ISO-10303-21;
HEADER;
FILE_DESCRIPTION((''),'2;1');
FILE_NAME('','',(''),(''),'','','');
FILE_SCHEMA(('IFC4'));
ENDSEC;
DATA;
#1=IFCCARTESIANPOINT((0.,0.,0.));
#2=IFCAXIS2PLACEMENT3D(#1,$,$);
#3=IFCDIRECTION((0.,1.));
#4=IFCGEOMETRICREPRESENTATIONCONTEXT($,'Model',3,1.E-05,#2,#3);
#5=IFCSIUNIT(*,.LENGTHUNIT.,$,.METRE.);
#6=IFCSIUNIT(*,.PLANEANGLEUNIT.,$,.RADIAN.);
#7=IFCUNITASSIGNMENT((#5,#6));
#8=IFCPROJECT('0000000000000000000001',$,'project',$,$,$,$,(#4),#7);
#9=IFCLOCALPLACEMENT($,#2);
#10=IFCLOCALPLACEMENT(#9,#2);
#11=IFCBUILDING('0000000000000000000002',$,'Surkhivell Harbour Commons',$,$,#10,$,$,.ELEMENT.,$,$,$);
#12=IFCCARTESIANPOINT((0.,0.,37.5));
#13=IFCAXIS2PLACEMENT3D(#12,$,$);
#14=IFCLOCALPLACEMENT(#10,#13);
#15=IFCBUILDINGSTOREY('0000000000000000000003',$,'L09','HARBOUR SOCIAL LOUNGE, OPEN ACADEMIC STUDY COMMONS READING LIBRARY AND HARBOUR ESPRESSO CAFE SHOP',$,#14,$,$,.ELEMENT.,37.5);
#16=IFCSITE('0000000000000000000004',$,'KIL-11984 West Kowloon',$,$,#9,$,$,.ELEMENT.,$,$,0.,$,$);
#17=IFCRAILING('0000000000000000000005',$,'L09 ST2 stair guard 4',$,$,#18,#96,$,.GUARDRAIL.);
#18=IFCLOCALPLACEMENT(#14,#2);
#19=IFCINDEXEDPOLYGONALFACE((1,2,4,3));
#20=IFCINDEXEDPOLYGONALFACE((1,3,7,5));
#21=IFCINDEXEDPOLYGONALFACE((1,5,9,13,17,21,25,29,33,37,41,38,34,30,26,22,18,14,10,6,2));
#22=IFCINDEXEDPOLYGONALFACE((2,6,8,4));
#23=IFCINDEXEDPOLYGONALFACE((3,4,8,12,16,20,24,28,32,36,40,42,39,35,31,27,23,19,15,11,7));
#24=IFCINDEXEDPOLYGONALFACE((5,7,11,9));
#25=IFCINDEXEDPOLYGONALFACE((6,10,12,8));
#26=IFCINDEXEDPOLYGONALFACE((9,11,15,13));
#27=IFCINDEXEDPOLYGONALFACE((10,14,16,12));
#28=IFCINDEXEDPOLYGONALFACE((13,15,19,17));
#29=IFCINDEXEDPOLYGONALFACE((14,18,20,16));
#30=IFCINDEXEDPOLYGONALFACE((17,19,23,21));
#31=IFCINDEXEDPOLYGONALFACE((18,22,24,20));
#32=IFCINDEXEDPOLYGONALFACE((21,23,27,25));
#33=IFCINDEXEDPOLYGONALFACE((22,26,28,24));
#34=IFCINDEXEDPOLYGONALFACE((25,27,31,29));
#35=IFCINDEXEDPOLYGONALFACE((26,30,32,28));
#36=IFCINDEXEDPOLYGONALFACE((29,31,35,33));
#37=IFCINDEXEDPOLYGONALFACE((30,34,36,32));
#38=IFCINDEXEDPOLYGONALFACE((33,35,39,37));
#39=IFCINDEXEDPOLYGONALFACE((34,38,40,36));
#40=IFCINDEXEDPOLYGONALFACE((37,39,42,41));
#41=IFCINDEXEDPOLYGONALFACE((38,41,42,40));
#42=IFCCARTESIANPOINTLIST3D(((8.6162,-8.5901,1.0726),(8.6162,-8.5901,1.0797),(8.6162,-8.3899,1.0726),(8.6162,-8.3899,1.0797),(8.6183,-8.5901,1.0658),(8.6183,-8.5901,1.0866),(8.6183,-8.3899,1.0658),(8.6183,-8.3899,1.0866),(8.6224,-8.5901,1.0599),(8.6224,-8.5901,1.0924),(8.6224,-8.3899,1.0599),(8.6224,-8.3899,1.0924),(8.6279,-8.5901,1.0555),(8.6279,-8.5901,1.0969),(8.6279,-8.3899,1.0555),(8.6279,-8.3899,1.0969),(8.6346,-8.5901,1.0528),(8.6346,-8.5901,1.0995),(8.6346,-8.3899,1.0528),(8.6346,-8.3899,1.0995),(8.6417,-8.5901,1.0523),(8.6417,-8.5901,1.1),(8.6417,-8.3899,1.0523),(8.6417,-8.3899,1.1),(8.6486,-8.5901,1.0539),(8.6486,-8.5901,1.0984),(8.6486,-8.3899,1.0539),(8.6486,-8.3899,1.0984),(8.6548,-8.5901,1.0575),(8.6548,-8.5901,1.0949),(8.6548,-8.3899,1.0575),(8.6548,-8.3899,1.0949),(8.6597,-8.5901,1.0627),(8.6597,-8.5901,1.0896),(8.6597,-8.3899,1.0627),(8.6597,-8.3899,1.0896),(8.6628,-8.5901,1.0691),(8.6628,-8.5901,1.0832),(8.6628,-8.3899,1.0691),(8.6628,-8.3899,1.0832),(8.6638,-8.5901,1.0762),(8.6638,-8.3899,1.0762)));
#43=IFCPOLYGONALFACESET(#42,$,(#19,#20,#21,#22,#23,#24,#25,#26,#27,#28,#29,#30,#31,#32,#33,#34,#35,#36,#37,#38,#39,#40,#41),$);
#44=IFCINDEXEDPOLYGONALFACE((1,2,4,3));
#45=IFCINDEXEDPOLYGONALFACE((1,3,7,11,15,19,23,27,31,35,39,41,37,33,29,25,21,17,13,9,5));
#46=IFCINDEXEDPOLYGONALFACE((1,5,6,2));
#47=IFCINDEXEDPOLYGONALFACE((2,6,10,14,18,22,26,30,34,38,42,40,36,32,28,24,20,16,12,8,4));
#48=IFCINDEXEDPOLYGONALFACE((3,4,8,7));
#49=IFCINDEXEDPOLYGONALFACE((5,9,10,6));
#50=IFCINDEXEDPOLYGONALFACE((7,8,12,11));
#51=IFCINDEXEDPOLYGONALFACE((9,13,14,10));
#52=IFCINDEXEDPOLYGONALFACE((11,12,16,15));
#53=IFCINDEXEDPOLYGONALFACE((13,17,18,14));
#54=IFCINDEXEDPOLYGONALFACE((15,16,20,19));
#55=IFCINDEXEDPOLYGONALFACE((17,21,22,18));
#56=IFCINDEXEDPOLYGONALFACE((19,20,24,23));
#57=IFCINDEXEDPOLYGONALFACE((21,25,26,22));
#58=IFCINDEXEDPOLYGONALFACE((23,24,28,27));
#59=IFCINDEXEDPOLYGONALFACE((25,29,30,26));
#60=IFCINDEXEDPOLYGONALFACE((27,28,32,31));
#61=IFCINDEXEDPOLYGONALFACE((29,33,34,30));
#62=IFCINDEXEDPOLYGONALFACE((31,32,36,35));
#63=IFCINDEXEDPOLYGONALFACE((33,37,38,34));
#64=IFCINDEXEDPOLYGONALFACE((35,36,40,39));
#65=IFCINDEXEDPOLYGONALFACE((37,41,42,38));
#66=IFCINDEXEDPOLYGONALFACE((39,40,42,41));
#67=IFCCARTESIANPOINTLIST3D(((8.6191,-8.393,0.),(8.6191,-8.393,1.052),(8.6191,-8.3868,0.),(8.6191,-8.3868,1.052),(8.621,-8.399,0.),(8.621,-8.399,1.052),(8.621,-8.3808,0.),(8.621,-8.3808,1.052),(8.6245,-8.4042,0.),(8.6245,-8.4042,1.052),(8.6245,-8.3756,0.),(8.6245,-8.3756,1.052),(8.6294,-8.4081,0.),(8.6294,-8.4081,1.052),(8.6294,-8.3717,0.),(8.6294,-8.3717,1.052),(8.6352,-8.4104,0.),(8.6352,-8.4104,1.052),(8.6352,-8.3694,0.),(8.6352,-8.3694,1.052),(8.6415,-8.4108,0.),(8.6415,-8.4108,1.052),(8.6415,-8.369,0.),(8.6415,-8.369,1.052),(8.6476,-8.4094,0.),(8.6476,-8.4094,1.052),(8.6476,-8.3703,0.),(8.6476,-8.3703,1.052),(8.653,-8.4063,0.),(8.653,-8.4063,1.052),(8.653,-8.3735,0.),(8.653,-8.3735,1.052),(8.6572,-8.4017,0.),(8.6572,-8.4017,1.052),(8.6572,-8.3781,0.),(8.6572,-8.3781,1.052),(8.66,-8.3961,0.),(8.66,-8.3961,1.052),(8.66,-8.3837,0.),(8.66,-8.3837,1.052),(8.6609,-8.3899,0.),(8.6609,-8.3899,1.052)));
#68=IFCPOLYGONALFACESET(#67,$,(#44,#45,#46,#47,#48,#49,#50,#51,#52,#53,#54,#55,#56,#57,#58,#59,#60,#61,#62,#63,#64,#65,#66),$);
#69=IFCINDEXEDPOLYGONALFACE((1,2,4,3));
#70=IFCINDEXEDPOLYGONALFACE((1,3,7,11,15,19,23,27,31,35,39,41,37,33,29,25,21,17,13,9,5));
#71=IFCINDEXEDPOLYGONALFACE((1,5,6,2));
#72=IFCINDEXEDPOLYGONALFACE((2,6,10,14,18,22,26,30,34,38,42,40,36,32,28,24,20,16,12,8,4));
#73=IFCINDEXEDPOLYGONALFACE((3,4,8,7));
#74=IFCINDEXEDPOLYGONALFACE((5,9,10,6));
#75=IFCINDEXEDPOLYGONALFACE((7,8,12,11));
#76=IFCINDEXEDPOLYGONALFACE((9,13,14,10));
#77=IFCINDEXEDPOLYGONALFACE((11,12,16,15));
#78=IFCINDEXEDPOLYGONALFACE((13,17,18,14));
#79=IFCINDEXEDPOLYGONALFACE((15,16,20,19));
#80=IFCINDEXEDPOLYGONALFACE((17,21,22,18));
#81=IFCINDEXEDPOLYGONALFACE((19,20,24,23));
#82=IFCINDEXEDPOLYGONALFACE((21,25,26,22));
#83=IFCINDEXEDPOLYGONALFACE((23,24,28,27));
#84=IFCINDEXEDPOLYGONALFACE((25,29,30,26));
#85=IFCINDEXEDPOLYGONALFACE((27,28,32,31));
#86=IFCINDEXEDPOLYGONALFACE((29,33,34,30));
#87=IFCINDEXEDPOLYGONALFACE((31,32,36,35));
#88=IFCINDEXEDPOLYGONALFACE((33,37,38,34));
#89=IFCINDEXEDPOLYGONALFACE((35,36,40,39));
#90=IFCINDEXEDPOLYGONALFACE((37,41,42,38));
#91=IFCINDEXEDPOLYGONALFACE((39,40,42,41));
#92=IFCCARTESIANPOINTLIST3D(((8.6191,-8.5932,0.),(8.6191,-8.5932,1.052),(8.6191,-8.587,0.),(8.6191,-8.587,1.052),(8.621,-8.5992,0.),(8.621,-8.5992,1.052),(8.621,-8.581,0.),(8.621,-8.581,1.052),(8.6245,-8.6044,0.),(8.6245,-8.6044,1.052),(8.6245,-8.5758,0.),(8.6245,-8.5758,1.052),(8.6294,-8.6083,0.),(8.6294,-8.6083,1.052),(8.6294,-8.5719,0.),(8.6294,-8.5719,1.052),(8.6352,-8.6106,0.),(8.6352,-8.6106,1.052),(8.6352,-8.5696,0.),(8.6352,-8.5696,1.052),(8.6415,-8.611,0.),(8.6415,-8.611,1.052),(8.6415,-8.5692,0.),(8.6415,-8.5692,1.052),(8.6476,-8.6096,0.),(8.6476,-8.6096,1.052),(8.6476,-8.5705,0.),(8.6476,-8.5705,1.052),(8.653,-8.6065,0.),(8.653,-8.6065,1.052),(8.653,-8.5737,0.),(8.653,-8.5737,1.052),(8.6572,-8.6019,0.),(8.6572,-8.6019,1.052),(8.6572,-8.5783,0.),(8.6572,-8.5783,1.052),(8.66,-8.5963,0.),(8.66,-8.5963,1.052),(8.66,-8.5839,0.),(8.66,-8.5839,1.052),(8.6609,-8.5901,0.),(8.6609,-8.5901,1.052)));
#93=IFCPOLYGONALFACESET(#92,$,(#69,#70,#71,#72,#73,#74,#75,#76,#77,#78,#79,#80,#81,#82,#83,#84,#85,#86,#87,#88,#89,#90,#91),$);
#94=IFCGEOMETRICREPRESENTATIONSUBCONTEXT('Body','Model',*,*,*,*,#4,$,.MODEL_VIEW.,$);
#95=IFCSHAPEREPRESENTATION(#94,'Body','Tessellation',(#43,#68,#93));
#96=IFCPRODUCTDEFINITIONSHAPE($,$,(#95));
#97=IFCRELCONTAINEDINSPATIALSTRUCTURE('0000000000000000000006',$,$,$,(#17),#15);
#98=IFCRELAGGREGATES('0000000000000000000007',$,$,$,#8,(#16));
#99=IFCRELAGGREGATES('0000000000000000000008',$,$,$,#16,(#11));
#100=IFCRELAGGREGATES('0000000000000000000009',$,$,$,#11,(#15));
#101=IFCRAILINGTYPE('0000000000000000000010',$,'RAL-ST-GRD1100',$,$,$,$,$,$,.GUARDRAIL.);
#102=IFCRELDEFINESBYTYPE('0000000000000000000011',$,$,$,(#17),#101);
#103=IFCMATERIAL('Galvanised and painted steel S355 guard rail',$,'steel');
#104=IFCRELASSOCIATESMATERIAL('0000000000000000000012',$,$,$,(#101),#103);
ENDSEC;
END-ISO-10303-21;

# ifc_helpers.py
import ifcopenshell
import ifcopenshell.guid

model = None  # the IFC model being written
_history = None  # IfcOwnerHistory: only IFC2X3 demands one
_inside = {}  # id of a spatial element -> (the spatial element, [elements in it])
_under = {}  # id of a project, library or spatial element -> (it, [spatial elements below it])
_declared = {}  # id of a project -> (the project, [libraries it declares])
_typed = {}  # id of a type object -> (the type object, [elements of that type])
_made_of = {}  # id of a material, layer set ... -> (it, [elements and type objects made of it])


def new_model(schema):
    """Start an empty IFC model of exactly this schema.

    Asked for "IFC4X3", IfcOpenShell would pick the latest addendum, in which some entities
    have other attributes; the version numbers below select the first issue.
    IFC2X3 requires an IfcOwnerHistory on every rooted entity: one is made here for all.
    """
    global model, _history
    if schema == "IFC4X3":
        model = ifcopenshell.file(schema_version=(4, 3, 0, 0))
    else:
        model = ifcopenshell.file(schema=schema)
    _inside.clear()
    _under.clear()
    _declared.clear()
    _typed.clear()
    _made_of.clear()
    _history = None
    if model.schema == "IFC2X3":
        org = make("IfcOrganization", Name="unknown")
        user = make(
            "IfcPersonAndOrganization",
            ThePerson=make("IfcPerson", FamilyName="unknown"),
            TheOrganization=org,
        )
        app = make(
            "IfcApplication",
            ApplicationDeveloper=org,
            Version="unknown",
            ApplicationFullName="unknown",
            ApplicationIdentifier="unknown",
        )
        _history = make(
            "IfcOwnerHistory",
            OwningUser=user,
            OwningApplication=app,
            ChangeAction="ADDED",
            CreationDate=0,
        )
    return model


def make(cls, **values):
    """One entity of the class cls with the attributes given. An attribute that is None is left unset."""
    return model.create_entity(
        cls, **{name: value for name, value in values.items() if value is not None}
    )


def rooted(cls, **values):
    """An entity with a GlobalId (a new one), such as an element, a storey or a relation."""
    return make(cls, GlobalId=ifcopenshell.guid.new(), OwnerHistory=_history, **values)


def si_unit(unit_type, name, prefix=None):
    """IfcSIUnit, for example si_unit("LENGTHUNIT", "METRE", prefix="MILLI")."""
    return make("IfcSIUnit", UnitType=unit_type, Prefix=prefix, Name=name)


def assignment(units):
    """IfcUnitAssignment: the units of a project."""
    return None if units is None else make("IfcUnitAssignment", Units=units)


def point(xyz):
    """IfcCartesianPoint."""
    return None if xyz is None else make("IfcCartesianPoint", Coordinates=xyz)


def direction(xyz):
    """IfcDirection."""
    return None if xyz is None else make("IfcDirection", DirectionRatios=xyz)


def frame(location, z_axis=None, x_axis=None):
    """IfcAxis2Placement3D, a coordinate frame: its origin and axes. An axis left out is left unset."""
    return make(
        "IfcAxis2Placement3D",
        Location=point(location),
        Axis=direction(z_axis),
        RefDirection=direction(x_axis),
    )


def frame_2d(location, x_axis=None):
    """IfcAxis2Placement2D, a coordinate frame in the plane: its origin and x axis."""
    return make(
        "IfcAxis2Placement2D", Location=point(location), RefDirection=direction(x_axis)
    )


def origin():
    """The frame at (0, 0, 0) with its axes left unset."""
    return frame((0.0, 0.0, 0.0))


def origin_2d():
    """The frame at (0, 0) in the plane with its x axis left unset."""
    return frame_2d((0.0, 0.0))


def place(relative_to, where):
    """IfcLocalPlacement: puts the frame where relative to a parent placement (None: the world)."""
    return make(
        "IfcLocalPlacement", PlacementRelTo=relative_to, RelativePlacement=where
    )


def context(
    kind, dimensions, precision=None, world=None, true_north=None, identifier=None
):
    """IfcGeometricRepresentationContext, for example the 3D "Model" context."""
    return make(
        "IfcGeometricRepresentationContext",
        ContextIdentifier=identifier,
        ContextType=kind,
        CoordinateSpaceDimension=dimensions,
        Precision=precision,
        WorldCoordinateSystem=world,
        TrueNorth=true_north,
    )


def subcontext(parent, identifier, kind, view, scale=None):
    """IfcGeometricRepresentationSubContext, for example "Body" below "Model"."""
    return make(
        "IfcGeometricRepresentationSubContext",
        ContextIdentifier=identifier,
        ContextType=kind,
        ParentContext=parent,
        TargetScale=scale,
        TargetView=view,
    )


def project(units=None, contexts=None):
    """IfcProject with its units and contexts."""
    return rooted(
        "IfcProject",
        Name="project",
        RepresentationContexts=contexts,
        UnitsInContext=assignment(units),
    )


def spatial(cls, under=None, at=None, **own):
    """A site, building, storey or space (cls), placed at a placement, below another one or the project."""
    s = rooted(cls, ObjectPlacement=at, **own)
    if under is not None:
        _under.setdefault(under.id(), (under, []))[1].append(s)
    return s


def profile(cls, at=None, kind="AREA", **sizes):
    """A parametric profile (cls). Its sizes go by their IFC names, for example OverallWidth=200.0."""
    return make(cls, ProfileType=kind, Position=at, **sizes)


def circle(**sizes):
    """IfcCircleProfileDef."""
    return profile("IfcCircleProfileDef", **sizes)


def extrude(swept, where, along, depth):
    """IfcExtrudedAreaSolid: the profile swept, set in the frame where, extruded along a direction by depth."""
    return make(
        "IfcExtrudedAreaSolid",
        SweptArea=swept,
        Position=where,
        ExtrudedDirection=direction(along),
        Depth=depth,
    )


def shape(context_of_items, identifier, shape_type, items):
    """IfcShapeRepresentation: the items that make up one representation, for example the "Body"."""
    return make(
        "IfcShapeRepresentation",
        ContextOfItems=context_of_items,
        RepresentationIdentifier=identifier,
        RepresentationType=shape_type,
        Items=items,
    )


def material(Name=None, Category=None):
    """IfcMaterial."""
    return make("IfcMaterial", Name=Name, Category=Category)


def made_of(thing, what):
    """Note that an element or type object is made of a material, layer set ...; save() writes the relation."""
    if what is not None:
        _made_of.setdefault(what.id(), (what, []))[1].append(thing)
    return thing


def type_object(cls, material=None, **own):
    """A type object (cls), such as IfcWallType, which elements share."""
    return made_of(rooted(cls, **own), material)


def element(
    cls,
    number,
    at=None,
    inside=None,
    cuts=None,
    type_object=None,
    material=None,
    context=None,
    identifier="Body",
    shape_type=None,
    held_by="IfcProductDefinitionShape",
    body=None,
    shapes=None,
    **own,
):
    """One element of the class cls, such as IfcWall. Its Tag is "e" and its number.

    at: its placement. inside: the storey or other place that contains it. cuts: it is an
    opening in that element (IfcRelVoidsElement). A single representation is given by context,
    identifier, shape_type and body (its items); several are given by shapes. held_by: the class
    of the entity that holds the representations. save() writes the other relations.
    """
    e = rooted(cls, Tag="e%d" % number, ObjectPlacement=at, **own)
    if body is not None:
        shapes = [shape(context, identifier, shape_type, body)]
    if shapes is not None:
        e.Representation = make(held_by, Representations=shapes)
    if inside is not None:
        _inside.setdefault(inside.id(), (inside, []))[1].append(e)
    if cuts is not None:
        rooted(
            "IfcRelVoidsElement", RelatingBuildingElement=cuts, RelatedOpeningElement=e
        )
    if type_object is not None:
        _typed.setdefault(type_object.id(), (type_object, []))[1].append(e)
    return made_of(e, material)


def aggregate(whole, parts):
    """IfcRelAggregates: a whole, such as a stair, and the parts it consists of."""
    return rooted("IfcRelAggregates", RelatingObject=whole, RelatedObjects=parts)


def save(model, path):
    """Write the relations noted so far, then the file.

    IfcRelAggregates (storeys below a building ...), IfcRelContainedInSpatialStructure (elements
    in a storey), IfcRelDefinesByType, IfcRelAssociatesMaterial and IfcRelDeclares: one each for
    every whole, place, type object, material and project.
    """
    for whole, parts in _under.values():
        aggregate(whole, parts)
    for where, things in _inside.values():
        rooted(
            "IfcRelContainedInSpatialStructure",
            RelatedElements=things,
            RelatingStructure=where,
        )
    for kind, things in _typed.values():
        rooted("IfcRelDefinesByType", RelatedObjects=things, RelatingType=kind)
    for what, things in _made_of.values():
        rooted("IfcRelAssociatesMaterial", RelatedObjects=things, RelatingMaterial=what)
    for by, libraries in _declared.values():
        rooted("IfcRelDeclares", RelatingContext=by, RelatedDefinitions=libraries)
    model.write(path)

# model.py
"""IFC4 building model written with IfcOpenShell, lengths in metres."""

from ifc_helpers import new_model, si_unit, direction, frame, origin, origin_2d, place, context, subcontext, project, spatial, circle, extrude, material, type_object, element, save


model = new_model("IFC4")

# Units and contexts
model_context = context("Model", 3, precision=1e-05, world=origin(), true_north=direction((0.0, 1.0)))
body_context = subcontext(model_context, "Body", "Model", "MODEL_VIEW")
ifc_project = project(units=[si_unit("LENGTHUNIT", "METRE"), si_unit("PLANEANGLEUNIT", "RADIAN")], contexts=[model_context])

# Site, building, storey
site_placement = place(None, origin())
site = spatial("IfcSite", under=ifc_project, at=site_placement, Name="KIL-11984 West Kowloon", CompositionType="ELEMENT", RefElevation=0.0)
building_placement = place(site_placement, origin())
building = spatial("IfcBuilding", under=site, at=building_placement, Name="Surkhivell Harbour Commons", CompositionType="ELEMENT")
storey_placement = place(building_placement, frame((0.0, 0.0, 37.5)))
storey = spatial("IfcBuildingStorey", under=building, at=storey_placement, Name="L09", Description="HARBOUR SOCIAL LOUNGE, OPEN ACADEMIC STUDY COMMONS READING LIBRARY AND HARBOUR ESPRESSO CAFE SHOP", CompositionType="ELEMENT", Elevation=37.5)

# Railing
ifc_material_1 = material(Name="Galvanised and painted steel S355 guard rail", Category="steel")
railing_type_1 = type_object("IfcRailingType", Name="RAL-ST-GRD1100", PredefinedType="GUARDRAIL", material=ifc_material_1)
railing_1_placement = place(storey_placement, frame((8.6399, -8.3899, 0.0)))
element("IfcRailing", 1, at=railing_1_placement, inside=storey, type_object=railing_type_1, Name="L09 ST2 stair guard 4", PredefinedType="GUARDRAIL", context=body_context, shape_type="SweptSolid", body=[
    extrude(circle(Radius=0.0239, at=origin_2d()), frame((0.0, 0.0, 1.0762), z_axis=(0.0, -1.0, 0.0), x_axis=(1.0, 0.0, 0.0)), (0.0, 0.0, 1.0), 0.2002),
    extrude(circle(Radius=0.021, at=origin_2d()), origin(), (0.0, 0.0, 1.0), 1.052),
    extrude(circle(Radius=0.021, at=origin_2d()), frame((0.0, -0.2002, 0.0)), (0.0, 0.0, 1.0), 1.052),
])

save(model, "model.ifc")
